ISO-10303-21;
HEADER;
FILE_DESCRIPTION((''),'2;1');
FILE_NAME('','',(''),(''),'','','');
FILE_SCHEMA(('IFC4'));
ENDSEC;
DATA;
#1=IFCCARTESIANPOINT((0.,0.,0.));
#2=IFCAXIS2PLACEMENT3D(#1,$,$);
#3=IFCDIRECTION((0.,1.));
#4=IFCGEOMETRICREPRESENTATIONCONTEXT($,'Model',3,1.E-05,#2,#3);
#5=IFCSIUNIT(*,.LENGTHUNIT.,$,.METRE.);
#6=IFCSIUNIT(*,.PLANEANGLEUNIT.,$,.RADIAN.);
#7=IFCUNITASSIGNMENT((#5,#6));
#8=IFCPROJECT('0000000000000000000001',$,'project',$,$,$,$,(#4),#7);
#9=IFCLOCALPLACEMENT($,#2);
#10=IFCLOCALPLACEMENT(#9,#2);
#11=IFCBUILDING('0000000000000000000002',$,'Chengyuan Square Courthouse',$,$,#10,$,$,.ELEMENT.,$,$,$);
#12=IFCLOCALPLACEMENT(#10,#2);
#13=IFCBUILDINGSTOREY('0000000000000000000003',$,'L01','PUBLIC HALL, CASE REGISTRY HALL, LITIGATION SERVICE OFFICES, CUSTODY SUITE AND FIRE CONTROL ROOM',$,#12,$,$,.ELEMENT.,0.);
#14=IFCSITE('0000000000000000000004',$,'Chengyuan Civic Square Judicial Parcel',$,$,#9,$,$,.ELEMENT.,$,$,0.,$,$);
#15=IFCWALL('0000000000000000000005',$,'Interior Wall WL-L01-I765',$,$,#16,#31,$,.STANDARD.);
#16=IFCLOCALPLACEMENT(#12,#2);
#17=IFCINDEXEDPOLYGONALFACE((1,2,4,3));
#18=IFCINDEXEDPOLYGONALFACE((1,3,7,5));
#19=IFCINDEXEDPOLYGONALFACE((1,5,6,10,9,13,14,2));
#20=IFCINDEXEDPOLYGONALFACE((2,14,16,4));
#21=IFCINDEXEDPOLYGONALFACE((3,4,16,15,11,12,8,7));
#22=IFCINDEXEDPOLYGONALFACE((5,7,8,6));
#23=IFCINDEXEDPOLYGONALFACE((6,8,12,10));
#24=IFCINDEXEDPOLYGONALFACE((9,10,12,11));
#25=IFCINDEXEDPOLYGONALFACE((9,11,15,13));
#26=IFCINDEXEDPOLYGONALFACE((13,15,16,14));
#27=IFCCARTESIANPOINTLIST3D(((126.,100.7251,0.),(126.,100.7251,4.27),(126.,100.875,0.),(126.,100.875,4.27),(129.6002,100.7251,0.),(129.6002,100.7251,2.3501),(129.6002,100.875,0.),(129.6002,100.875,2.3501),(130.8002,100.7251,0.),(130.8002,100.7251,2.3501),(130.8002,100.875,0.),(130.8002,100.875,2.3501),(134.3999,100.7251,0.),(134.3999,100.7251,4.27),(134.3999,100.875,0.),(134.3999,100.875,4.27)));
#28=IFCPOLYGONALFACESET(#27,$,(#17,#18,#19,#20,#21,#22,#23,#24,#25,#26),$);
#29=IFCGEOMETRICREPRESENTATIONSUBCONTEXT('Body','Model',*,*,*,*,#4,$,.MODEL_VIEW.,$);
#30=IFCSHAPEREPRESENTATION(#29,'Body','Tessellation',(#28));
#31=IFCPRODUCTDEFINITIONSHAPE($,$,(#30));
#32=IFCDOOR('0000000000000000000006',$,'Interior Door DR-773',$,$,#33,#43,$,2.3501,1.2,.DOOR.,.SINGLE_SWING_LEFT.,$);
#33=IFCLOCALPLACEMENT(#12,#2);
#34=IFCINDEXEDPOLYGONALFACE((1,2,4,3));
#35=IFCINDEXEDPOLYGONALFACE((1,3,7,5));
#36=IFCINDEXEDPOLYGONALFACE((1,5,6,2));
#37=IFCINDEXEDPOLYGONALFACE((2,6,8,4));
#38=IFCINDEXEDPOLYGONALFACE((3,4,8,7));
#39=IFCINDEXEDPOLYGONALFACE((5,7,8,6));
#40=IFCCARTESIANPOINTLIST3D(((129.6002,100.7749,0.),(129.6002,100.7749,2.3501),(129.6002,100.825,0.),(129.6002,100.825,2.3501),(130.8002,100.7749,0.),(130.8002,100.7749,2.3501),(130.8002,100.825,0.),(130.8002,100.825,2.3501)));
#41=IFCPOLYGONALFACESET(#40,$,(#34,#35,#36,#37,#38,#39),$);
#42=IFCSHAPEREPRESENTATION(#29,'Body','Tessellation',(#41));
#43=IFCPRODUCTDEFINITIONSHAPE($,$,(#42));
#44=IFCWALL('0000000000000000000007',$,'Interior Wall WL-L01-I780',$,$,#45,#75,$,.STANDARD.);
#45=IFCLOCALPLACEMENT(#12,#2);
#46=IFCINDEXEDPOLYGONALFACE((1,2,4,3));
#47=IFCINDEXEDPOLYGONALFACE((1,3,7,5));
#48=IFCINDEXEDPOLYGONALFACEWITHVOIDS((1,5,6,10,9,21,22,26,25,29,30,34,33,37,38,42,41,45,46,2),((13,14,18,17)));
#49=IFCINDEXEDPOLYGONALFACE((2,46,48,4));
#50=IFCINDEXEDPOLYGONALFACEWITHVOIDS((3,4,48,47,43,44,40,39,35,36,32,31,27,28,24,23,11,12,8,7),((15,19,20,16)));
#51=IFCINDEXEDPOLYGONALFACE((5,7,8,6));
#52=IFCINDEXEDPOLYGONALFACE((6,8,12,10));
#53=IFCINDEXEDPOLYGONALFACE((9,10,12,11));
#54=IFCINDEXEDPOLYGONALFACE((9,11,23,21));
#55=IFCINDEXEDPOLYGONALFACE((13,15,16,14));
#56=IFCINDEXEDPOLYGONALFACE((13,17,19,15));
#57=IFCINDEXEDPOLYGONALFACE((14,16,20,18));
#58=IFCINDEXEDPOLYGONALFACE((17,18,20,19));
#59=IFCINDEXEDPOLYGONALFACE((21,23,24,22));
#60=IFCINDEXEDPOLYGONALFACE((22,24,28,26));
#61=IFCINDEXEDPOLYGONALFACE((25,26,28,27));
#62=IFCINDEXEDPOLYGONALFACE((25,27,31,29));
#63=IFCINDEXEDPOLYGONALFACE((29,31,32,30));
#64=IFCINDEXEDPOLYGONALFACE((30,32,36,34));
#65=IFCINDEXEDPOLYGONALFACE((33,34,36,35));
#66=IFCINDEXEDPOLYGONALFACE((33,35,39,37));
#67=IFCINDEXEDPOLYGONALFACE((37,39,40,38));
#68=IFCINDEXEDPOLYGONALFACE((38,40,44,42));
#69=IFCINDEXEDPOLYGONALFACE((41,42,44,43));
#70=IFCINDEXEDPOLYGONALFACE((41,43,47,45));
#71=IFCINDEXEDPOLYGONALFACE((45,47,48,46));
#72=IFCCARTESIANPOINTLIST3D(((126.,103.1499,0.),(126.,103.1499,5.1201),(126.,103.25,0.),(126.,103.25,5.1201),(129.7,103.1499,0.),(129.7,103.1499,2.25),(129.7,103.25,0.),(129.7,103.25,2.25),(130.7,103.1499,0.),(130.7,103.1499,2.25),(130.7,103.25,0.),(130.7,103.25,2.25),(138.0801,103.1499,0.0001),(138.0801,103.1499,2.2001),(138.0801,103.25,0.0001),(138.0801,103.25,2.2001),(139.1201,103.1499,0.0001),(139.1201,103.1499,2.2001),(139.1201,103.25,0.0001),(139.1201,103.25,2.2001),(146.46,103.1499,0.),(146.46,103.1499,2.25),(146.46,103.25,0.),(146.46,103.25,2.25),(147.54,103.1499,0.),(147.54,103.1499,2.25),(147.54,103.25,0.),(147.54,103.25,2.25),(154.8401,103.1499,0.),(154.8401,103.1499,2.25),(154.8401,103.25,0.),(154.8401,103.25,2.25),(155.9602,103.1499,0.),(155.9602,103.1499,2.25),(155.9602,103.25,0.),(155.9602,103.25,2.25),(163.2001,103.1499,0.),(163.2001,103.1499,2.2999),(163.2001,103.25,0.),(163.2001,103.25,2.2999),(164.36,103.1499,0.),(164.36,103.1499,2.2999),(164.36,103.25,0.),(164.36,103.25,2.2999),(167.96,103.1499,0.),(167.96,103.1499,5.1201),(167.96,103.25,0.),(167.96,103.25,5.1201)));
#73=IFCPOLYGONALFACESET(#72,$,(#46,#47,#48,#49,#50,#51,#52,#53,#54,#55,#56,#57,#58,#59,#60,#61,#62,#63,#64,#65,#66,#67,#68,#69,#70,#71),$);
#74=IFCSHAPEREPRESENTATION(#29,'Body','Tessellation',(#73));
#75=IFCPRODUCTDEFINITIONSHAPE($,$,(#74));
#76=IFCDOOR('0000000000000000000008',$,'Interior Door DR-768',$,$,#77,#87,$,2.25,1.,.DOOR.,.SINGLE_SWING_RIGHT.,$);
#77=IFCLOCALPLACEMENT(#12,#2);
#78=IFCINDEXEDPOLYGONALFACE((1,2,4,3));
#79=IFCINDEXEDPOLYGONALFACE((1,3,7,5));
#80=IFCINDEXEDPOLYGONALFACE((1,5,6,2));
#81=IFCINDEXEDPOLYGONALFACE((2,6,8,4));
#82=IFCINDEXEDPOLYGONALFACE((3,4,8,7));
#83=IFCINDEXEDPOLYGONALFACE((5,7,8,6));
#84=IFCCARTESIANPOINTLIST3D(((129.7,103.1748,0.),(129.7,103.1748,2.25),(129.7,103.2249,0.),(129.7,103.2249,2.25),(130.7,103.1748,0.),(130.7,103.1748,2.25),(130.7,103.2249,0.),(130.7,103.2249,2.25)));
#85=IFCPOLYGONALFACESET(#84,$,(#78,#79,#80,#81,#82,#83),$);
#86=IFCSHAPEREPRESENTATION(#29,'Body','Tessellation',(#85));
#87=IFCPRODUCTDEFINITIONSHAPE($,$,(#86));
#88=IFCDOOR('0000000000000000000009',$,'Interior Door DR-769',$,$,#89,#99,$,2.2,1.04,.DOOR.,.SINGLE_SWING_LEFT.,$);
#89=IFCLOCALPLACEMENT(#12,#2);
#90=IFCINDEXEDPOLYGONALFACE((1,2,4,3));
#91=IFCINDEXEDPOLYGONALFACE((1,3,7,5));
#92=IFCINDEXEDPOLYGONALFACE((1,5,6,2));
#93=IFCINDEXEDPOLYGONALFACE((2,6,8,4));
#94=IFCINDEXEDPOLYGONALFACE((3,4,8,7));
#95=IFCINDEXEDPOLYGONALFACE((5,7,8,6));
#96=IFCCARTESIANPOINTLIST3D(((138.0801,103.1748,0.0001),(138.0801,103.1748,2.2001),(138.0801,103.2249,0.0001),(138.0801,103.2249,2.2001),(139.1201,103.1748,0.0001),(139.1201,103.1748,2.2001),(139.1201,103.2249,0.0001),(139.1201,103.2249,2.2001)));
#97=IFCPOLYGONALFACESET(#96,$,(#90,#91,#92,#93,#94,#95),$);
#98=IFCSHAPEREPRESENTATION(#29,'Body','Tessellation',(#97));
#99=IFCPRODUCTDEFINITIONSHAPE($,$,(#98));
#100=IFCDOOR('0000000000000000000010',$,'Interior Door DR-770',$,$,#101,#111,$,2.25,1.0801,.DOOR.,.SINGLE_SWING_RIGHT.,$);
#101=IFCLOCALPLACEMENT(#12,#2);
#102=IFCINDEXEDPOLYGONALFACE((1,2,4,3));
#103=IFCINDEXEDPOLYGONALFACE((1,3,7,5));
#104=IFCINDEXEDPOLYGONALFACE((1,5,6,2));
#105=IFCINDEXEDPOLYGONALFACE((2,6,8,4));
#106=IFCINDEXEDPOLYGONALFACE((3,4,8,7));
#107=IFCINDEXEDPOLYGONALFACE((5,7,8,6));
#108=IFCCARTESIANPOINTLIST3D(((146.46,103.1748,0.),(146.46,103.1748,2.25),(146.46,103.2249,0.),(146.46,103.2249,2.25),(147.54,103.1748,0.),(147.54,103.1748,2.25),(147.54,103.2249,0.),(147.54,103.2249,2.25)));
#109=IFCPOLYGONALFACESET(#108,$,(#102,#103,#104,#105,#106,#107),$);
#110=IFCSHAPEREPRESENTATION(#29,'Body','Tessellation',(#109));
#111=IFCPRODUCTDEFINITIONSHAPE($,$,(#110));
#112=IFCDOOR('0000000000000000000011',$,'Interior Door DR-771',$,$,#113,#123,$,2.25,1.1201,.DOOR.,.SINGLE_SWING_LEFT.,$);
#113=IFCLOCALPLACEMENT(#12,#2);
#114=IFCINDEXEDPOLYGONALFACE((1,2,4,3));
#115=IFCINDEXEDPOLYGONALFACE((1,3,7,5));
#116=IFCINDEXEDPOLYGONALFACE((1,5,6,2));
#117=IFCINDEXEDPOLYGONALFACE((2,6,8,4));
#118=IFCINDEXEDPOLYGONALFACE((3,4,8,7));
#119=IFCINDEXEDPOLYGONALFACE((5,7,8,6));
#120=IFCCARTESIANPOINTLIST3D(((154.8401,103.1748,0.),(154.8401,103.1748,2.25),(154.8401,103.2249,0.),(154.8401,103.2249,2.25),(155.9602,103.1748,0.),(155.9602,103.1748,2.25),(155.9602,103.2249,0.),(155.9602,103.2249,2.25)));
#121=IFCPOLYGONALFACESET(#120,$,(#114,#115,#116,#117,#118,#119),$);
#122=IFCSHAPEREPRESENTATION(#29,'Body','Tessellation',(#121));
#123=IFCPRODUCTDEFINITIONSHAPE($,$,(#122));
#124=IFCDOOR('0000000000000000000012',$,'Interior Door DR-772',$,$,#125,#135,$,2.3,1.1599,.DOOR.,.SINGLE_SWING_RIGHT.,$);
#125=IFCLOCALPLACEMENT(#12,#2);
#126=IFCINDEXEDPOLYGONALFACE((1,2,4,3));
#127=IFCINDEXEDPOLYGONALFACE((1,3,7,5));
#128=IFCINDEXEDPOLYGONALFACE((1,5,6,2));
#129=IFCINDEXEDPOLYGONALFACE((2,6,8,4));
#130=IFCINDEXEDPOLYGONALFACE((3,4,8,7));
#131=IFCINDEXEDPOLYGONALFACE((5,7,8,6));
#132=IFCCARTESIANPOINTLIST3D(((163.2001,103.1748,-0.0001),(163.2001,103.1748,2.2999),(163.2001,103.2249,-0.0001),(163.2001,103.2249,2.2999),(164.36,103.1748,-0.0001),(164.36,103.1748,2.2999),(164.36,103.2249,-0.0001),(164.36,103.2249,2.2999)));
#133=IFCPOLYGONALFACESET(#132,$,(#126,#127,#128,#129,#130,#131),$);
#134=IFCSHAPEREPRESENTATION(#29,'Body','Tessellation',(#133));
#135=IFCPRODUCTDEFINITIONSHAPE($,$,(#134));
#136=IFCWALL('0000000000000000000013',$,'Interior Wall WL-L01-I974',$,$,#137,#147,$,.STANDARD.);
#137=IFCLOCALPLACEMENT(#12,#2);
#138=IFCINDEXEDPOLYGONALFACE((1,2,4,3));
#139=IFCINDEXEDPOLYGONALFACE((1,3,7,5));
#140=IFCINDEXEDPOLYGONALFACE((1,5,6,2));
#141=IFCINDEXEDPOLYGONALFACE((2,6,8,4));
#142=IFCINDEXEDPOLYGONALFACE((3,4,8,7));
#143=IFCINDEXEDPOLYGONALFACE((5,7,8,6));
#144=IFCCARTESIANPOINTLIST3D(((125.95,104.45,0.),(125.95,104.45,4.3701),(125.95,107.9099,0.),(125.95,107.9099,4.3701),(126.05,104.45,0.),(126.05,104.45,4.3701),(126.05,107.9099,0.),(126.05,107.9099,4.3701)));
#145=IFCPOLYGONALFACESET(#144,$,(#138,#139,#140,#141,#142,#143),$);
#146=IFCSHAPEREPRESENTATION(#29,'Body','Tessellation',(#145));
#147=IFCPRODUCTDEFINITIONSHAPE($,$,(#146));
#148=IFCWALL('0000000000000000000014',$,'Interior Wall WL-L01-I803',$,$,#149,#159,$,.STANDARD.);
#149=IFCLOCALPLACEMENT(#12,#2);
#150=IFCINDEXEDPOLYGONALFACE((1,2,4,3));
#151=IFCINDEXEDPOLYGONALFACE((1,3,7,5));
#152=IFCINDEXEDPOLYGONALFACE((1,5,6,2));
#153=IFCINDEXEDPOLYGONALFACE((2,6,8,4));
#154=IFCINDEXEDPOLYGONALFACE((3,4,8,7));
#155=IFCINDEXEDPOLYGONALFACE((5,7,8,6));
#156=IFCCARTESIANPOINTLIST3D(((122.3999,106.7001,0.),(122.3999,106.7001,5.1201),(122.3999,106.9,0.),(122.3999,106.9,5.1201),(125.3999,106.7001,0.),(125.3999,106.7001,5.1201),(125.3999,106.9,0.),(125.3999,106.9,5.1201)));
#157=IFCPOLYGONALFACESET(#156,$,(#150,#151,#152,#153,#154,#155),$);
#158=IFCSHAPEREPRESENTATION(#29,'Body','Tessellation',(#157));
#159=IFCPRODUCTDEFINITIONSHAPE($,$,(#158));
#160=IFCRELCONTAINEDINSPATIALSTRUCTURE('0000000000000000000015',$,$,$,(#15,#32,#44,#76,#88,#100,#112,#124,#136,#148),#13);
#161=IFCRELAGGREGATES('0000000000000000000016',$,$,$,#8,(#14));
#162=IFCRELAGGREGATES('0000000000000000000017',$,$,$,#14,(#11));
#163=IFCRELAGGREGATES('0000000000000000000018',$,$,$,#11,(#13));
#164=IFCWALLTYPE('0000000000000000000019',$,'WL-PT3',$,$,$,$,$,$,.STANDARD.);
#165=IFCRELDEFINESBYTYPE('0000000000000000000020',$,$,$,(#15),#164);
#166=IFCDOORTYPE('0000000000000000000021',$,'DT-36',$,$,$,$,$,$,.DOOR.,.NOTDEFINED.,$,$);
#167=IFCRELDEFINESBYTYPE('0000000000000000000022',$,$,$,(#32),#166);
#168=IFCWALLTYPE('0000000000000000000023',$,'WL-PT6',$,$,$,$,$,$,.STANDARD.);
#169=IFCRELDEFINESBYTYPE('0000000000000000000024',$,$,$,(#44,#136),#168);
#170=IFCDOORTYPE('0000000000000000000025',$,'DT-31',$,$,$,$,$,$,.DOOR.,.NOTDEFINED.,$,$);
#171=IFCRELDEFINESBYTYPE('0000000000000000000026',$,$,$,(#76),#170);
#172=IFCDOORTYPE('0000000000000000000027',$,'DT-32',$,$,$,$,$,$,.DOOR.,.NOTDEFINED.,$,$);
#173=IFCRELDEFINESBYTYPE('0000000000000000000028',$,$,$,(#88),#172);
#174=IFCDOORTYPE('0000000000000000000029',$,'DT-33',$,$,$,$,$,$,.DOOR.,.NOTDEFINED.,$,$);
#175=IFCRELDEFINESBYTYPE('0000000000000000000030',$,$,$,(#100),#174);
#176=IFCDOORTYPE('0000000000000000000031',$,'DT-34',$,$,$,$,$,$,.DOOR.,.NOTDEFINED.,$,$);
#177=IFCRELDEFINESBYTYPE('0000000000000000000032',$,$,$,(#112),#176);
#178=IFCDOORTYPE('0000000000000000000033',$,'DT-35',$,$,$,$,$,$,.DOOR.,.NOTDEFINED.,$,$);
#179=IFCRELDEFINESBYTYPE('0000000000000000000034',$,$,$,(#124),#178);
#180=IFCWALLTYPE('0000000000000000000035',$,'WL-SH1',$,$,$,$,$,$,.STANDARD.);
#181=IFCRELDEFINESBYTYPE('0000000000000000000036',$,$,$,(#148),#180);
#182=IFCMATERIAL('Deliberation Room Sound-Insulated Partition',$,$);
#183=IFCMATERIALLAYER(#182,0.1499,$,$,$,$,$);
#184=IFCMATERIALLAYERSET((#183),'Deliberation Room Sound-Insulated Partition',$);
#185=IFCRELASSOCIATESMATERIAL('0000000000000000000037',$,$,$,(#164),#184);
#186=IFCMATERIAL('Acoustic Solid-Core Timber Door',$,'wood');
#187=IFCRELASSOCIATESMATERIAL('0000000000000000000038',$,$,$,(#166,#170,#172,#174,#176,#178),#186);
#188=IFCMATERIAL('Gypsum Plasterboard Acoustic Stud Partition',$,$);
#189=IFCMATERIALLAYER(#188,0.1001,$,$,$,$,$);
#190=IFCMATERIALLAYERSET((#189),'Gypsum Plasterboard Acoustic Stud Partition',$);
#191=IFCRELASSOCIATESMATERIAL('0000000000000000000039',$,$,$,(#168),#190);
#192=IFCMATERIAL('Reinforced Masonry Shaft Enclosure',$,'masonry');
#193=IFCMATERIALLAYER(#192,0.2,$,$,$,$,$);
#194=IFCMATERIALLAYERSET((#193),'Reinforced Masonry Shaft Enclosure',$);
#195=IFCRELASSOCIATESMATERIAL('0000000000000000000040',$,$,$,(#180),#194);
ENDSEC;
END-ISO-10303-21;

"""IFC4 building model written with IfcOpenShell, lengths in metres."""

from ifc_helpers import new_model, si_unit, direction, frame, frame_2d, origin, place, context, subcontext, project, spatial, rectangle, extrude, material, layer, layer_set, type_object, element, fill, save


model = new_model("IFC4")

# Units and contexts
model_context = context("Model", 3, precision=1e-05, world=origin(), true_north=direction((0.0, 1.0)))
body_context = subcontext(model_context, "Body", "Model", "MODEL_VIEW")
ifc_project = project(units=[si_unit("LENGTHUNIT", "METRE"), si_unit("PLANEANGLEUNIT", "RADIAN")], contexts=[model_context])

# Site, building, storey
site_placement = place(None, origin())
site = spatial("IfcSite", under=ifc_project, at=site_placement, Name="Chengyuan Civic Square Judicial Parcel", CompositionType="ELEMENT", RefElevation=0.0)
building_placement = place(site_placement, origin())
building = spatial("IfcBuilding", under=site, at=building_placement, Name="Chengyuan Square Courthouse", CompositionType="ELEMENT")
storey_placement = place(building_placement, origin())
storey = spatial("IfcBuildingStorey", under=building, at=storey_placement, Name="L01", Description="PUBLIC HALL, CASE REGISTRY HALL, LITIGATION SERVICE OFFICES, CUSTODY SUITE AND FIRE CONTROL ROOM", CompositionType="ELEMENT", Elevation=0.0)

# Wall, opening, door
ifc_material_1 = material(Name="Deliberation Room Sound-Insulated Partition")
ifc_layer_1 = layer(ifc_material_1, 0.1499)
ifc_layer_set_1 = layer_set([ifc_layer_1], Name="Deliberation Room Sound-Insulated Partition")
wall_type_1 = type_object("IfcWallType", Name="WL-PT3", PredefinedType="STANDARD", material=ifc_layer_set_1)
wall_1_placement = place(storey_placement, frame((126.0, 100.8, 0.0), z_axis=(0.0, 0.0, 1.0), x_axis=(1.0, 0.0, 0.0)))
wall_1 = element("IfcWall", 1, at=wall_1_placement, inside=storey, type_object=wall_type_1, Name="Interior Wall WL-L01-I765", PredefinedType="STANDARD", context=body_context, shape_type="SweptSolid", body=[
    extrude(rectangle(XDim=8.3999, YDim=0.1499, at=frame_2d((4.2, 0.0))), origin(), (0.0, 0.0, 1.0), 4.27),
])
opening_1_placement = place(wall_1_placement, frame((3.6001, 0.0, 0.0)))
opening_1 = element("IfcOpeningElement", 2, at=opening_1_placement, cuts=wall_1, PredefinedType="OPENING", context=body_context, shape_type="SweptSolid", body=[
    extrude(rectangle(XDim=1.2, YDim=2.3501, at=frame_2d((0.6001, 1.175))), frame((0.0, 0.0869, 0.0), z_axis=(0.0, -1.0, 0.0), x_axis=(1.0, 0.0, 0.0)), (0.0, 0.0, 1.0), 0.1738),
])
ifc_material_2 = material(Name="Acoustic Solid-Core Timber Door", Category="wood")
door_type_1 = type_object("IfcDoorType", Name="DT-36", OperationType="NOTDEFINED", PredefinedType="DOOR", material=ifc_material_2)
door_1_placement = place(opening_1_placement, origin())
door_1 = element("IfcDoor", 3, at=door_1_placement, inside=storey, type_object=door_type_1, Name="Interior Door DR-773", OperationType="SINGLE_SWING_LEFT", OverallHeight=2.3501, OverallWidth=1.2, PredefinedType="DOOR", context=body_context, shape_type="SweptSolid", body=[
    extrude(rectangle(XDim=1.2, YDim=2.3501, at=frame_2d((0.6001, 1.175))), frame((0.0, 0.0249, 0.0), z_axis=(0.0, -1.0, 0.0), x_axis=(1.0, 0.0, 0.0)), (0.0, 0.0, 1.0), 0.05),
])
fill(opening_1, door_1)

# Wall, openings, doors
ifc_material_3 = material(Name="Gypsum Plasterboard Acoustic Stud Partition")
ifc_layer_2 = layer(ifc_material_3, 0.1001)
ifc_layer_set_2 = layer_set([ifc_layer_2], Name="Gypsum Plasterboard Acoustic Stud Partition")
wall_type_2 = type_object("IfcWallType", Name="WL-PT6", PredefinedType="STANDARD", material=ifc_layer_set_2)
wall_2_placement = place(storey_placement, frame((126.0, 103.2, 0.0), z_axis=(0.0, 0.0, 1.0), x_axis=(1.0, 0.0, 0.0)))
wall_2 = element("IfcWall", 4, at=wall_2_placement, inside=storey, type_object=wall_type_2, Name="Interior Wall WL-L01-I780", PredefinedType="STANDARD", context=body_context, shape_type="SweptSolid", body=[
    extrude(rectangle(XDim=41.96, YDim=0.1001, at=frame_2d((20.98, 0.0))), origin(), (0.0, 0.0, 1.0), 5.1201),
])
opening_2_placement = place(wall_2_placement, frame((3.7, 0.0, 0.0)))
opening_2 = element("IfcOpeningElement", 5, at=opening_2_placement, cuts=wall_2, PredefinedType="OPENING", context=body_context, shape_type="SweptSolid", body=[
    extrude(rectangle(XDim=1.0, YDim=2.25, at=frame_2d((0.5, 1.125))), frame((0.0, 0.062, 0.0), z_axis=(0.0, -1.0, 0.0), x_axis=(1.0, 0.0, 0.0)), (0.0, 0.0, 1.0), 0.124),
])
opening_3_placement = place(wall_2_placement, frame((12.0801, 0.0, 0.0)))
opening_3 = element("IfcOpeningElement", 6, at=opening_3_placement, cuts=wall_2, PredefinedType="OPENING", context=body_context, shape_type="SweptSolid", body=[
    extrude(rectangle(XDim=1.04, YDim=2.2, at=frame_2d((0.52, 1.1001))), frame((0.0, 0.062, 0.0), z_axis=(0.0, -1.0, 0.0), x_axis=(1.0, 0.0, 0.0)), (0.0, 0.0, 1.0), 0.124),
])
opening_4_placement = place(wall_2_placement, frame((20.46, 0.0, 0.0)))
opening_4 = element("IfcOpeningElement", 7, at=opening_4_placement, cuts=wall_2, PredefinedType="OPENING", context=body_context, shape_type="SweptSolid", body=[
    extrude(rectangle(XDim=1.0801, YDim=2.25, at=frame_2d((0.54, 1.125))), frame((0.0, 0.062, 0.0), z_axis=(0.0, -1.0, 0.0), x_axis=(1.0, 0.0, 0.0)), (0.0, 0.0, 1.0), 0.124),
])
opening_5_placement = place(wall_2_placement, frame((28.8401, 0.0, 0.0)))
opening_5 = element("IfcOpeningElement", 8, at=opening_5_placement, cuts=wall_2, PredefinedType="OPENING", context=body_context, shape_type="SweptSolid", body=[
    extrude(rectangle(XDim=1.1201, YDim=2.25, at=frame_2d((0.5601, 1.125))), frame((0.0, 0.062, 0.0), z_axis=(0.0, -1.0, 0.0), x_axis=(1.0, 0.0, 0.0)), (0.0, 0.0, 1.0), 0.124),
])
opening_6_placement = place(wall_2_placement, frame((37.2, 0.0, 0.0)))
opening_6 = element("IfcOpeningElement", 9, at=opening_6_placement, cuts=wall_2, PredefinedType="OPENING", context=body_context, shape_type="SweptSolid", body=[
    extrude(rectangle(XDim=1.1599, YDim=2.3, at=frame_2d((0.5801, 1.1499))), frame((0.0, 0.062, 0.0), z_axis=(0.0, -1.0, 0.0), x_axis=(1.0, 0.0, 0.0)), (0.0, 0.0, 1.0), 0.124),
])
door_type_2 = type_object("IfcDoorType", Name="DT-31", OperationType="NOTDEFINED", PredefinedType="DOOR", material=ifc_material_2)
door_2_placement = place(opening_2_placement, origin())
door_2 = element("IfcDoor", 10, at=door_2_placement, inside=storey, type_object=door_type_2, Name="Interior Door DR-768", OperationType="SINGLE_SWING_RIGHT", OverallHeight=2.25, OverallWidth=1.0, PredefinedType="DOOR", context=body_context, shape_type="SweptSolid", body=[
    extrude(rectangle(XDim=1.0, YDim=2.25, at=frame_2d((0.5, 1.125))), frame((0.0, 0.0249, 0.0), z_axis=(0.0, -1.0, 0.0), x_axis=(1.0, 0.0, 0.0)), (0.0, 0.0, 1.0), 0.05),
])
fill(opening_2, door_2)
door_type_3 = type_object("IfcDoorType", Name="DT-32", OperationType="NOTDEFINED", PredefinedType="DOOR", material=ifc_material_2)
door_3_placement = place(opening_3_placement, origin())
door_3 = element("IfcDoor", 11, at=door_3_placement, inside=storey, type_object=door_type_3, Name="Interior Door DR-769", OperationType="SINGLE_SWING_LEFT", OverallHeight=2.2, OverallWidth=1.04, PredefinedType="DOOR", context=body_context, shape_type="SweptSolid", body=[
    extrude(rectangle(XDim=1.04, YDim=2.2, at=frame_2d((0.52, 1.1001))), frame((0.0, 0.0249, 0.0), z_axis=(0.0, -1.0, 0.0), x_axis=(1.0, 0.0, 0.0)), (0.0, 0.0, 1.0), 0.05),
])
fill(opening_3, door_3)
door_type_4 = type_object("IfcDoorType", Name="DT-33", OperationType="NOTDEFINED", PredefinedType="DOOR", material=ifc_material_2)
door_4_placement = place(opening_4_placement, origin())
door_4 = element("IfcDoor", 12, at=door_4_placement, inside=storey, type_object=door_type_4, Name="Interior Door DR-770", OperationType="SINGLE_SWING_RIGHT", OverallHeight=2.25, OverallWidth=1.0801, PredefinedType="DOOR", context=body_context, shape_type="SweptSolid", body=[
    extrude(rectangle(XDim=1.0801, YDim=2.25, at=frame_2d((0.54, 1.125))), frame((0.0, 0.0249, 0.0), z_axis=(0.0, -1.0, 0.0), x_axis=(1.0, 0.0, 0.0)), (0.0, 0.0, 1.0), 0.05),
])
fill(opening_4, door_4)
door_type_5 = type_object("IfcDoorType", Name="DT-34", OperationType="NOTDEFINED", PredefinedType="DOOR", material=ifc_material_2)
door_5_placement = place(opening_5_placement, origin())
door_5 = element("IfcDoor", 13, at=door_5_placement, inside=storey, type_object=door_type_5, Name="Interior Door DR-771", OperationType="SINGLE_SWING_LEFT", OverallHeight=2.25, OverallWidth=1.1201, PredefinedType="DOOR", context=body_context, shape_type="SweptSolid", body=[
    extrude(rectangle(XDim=1.1201, YDim=2.25, at=frame_2d((0.5601, 1.125))), frame((0.0, 0.0249, 0.0), z_axis=(0.0, -1.0, 0.0), x_axis=(1.0, 0.0, 0.0)), (0.0, 0.0, 1.0), 0.05),
])
fill(opening_5, door_5)
door_type_6 = type_object("IfcDoorType", Name="DT-35", OperationType="NOTDEFINED", PredefinedType="DOOR", material=ifc_material_2)
door_6_placement = place(opening_6_placement, origin())
door_6 = element("IfcDoor", 14, at=door_6_placement, inside=storey, type_object=door_type_6, Name="Interior Door DR-772", OperationType="SINGLE_SWING_RIGHT", OverallHeight=2.3, OverallWidth=1.1599, PredefinedType="DOOR", context=body_context, shape_type="SweptSolid", body=[
    extrude(rectangle(XDim=1.1599, YDim=2.3, at=frame_2d((0.5801, 1.1499))), frame((0.0, 0.0249, 0.0), z_axis=(0.0, -1.0, 0.0), x_axis=(1.0, 0.0, 0.0)), (0.0, 0.0, 1.0), 0.05),
])
fill(opening_6, door_6)

# Wall
wall_3_placement = place(storey_placement, frame((126.0, 104.45, 0.0), z_axis=(0.0, 0.0, 1.0), x_axis=(0.0, 1.0, 0.0)))
element("IfcWall", 15, at=wall_3_placement, inside=storey, type_object=wall_type_2, Name="Interior Wall WL-L01-I974", PredefinedType="STANDARD", context=body_context, shape_type="SweptSolid", body=[
    extrude(rectangle(XDim=3.46, YDim=0.1001, at=frame_2d((1.73, 0.0))), origin(), (0.0, 0.0, 1.0), 4.3701),
])

# Shared definitions
ifc_material_4 = material(Name="Reinforced Masonry Shaft Enclosure", Category="masonry")
ifc_layer_3 = layer(ifc_material_4, 0.2)
ifc_layer_set_3 = layer_set([ifc_layer_3], Name="Reinforced Masonry Shaft Enclosure")
wall_type_3 = type_object("IfcWallType", Name="WL-SH1", PredefinedType="STANDARD", material=ifc_layer_set_3)

# Wall
wall_4_placement = place(storey_placement, frame((122.3999, 106.8, 0.0), z_axis=(0.0, 0.0, 1.0), x_axis=(1.0, 0.0, 0.0)))
element("IfcWall", 16, at=wall_4_placement, inside=storey, type_object=wall_type_3, Name="Interior Wall WL-L01-I803", PredefinedType="STANDARD", context=body_context, shape_type="SweptSolid", body=[
    extrude(rectangle(XDim=3.0, YDim=0.2, at=frame_2d((1.5, 0.0))), origin(), (0.0, 0.0, 1.0), 5.1201),
])

save(model, "model.ifc")
